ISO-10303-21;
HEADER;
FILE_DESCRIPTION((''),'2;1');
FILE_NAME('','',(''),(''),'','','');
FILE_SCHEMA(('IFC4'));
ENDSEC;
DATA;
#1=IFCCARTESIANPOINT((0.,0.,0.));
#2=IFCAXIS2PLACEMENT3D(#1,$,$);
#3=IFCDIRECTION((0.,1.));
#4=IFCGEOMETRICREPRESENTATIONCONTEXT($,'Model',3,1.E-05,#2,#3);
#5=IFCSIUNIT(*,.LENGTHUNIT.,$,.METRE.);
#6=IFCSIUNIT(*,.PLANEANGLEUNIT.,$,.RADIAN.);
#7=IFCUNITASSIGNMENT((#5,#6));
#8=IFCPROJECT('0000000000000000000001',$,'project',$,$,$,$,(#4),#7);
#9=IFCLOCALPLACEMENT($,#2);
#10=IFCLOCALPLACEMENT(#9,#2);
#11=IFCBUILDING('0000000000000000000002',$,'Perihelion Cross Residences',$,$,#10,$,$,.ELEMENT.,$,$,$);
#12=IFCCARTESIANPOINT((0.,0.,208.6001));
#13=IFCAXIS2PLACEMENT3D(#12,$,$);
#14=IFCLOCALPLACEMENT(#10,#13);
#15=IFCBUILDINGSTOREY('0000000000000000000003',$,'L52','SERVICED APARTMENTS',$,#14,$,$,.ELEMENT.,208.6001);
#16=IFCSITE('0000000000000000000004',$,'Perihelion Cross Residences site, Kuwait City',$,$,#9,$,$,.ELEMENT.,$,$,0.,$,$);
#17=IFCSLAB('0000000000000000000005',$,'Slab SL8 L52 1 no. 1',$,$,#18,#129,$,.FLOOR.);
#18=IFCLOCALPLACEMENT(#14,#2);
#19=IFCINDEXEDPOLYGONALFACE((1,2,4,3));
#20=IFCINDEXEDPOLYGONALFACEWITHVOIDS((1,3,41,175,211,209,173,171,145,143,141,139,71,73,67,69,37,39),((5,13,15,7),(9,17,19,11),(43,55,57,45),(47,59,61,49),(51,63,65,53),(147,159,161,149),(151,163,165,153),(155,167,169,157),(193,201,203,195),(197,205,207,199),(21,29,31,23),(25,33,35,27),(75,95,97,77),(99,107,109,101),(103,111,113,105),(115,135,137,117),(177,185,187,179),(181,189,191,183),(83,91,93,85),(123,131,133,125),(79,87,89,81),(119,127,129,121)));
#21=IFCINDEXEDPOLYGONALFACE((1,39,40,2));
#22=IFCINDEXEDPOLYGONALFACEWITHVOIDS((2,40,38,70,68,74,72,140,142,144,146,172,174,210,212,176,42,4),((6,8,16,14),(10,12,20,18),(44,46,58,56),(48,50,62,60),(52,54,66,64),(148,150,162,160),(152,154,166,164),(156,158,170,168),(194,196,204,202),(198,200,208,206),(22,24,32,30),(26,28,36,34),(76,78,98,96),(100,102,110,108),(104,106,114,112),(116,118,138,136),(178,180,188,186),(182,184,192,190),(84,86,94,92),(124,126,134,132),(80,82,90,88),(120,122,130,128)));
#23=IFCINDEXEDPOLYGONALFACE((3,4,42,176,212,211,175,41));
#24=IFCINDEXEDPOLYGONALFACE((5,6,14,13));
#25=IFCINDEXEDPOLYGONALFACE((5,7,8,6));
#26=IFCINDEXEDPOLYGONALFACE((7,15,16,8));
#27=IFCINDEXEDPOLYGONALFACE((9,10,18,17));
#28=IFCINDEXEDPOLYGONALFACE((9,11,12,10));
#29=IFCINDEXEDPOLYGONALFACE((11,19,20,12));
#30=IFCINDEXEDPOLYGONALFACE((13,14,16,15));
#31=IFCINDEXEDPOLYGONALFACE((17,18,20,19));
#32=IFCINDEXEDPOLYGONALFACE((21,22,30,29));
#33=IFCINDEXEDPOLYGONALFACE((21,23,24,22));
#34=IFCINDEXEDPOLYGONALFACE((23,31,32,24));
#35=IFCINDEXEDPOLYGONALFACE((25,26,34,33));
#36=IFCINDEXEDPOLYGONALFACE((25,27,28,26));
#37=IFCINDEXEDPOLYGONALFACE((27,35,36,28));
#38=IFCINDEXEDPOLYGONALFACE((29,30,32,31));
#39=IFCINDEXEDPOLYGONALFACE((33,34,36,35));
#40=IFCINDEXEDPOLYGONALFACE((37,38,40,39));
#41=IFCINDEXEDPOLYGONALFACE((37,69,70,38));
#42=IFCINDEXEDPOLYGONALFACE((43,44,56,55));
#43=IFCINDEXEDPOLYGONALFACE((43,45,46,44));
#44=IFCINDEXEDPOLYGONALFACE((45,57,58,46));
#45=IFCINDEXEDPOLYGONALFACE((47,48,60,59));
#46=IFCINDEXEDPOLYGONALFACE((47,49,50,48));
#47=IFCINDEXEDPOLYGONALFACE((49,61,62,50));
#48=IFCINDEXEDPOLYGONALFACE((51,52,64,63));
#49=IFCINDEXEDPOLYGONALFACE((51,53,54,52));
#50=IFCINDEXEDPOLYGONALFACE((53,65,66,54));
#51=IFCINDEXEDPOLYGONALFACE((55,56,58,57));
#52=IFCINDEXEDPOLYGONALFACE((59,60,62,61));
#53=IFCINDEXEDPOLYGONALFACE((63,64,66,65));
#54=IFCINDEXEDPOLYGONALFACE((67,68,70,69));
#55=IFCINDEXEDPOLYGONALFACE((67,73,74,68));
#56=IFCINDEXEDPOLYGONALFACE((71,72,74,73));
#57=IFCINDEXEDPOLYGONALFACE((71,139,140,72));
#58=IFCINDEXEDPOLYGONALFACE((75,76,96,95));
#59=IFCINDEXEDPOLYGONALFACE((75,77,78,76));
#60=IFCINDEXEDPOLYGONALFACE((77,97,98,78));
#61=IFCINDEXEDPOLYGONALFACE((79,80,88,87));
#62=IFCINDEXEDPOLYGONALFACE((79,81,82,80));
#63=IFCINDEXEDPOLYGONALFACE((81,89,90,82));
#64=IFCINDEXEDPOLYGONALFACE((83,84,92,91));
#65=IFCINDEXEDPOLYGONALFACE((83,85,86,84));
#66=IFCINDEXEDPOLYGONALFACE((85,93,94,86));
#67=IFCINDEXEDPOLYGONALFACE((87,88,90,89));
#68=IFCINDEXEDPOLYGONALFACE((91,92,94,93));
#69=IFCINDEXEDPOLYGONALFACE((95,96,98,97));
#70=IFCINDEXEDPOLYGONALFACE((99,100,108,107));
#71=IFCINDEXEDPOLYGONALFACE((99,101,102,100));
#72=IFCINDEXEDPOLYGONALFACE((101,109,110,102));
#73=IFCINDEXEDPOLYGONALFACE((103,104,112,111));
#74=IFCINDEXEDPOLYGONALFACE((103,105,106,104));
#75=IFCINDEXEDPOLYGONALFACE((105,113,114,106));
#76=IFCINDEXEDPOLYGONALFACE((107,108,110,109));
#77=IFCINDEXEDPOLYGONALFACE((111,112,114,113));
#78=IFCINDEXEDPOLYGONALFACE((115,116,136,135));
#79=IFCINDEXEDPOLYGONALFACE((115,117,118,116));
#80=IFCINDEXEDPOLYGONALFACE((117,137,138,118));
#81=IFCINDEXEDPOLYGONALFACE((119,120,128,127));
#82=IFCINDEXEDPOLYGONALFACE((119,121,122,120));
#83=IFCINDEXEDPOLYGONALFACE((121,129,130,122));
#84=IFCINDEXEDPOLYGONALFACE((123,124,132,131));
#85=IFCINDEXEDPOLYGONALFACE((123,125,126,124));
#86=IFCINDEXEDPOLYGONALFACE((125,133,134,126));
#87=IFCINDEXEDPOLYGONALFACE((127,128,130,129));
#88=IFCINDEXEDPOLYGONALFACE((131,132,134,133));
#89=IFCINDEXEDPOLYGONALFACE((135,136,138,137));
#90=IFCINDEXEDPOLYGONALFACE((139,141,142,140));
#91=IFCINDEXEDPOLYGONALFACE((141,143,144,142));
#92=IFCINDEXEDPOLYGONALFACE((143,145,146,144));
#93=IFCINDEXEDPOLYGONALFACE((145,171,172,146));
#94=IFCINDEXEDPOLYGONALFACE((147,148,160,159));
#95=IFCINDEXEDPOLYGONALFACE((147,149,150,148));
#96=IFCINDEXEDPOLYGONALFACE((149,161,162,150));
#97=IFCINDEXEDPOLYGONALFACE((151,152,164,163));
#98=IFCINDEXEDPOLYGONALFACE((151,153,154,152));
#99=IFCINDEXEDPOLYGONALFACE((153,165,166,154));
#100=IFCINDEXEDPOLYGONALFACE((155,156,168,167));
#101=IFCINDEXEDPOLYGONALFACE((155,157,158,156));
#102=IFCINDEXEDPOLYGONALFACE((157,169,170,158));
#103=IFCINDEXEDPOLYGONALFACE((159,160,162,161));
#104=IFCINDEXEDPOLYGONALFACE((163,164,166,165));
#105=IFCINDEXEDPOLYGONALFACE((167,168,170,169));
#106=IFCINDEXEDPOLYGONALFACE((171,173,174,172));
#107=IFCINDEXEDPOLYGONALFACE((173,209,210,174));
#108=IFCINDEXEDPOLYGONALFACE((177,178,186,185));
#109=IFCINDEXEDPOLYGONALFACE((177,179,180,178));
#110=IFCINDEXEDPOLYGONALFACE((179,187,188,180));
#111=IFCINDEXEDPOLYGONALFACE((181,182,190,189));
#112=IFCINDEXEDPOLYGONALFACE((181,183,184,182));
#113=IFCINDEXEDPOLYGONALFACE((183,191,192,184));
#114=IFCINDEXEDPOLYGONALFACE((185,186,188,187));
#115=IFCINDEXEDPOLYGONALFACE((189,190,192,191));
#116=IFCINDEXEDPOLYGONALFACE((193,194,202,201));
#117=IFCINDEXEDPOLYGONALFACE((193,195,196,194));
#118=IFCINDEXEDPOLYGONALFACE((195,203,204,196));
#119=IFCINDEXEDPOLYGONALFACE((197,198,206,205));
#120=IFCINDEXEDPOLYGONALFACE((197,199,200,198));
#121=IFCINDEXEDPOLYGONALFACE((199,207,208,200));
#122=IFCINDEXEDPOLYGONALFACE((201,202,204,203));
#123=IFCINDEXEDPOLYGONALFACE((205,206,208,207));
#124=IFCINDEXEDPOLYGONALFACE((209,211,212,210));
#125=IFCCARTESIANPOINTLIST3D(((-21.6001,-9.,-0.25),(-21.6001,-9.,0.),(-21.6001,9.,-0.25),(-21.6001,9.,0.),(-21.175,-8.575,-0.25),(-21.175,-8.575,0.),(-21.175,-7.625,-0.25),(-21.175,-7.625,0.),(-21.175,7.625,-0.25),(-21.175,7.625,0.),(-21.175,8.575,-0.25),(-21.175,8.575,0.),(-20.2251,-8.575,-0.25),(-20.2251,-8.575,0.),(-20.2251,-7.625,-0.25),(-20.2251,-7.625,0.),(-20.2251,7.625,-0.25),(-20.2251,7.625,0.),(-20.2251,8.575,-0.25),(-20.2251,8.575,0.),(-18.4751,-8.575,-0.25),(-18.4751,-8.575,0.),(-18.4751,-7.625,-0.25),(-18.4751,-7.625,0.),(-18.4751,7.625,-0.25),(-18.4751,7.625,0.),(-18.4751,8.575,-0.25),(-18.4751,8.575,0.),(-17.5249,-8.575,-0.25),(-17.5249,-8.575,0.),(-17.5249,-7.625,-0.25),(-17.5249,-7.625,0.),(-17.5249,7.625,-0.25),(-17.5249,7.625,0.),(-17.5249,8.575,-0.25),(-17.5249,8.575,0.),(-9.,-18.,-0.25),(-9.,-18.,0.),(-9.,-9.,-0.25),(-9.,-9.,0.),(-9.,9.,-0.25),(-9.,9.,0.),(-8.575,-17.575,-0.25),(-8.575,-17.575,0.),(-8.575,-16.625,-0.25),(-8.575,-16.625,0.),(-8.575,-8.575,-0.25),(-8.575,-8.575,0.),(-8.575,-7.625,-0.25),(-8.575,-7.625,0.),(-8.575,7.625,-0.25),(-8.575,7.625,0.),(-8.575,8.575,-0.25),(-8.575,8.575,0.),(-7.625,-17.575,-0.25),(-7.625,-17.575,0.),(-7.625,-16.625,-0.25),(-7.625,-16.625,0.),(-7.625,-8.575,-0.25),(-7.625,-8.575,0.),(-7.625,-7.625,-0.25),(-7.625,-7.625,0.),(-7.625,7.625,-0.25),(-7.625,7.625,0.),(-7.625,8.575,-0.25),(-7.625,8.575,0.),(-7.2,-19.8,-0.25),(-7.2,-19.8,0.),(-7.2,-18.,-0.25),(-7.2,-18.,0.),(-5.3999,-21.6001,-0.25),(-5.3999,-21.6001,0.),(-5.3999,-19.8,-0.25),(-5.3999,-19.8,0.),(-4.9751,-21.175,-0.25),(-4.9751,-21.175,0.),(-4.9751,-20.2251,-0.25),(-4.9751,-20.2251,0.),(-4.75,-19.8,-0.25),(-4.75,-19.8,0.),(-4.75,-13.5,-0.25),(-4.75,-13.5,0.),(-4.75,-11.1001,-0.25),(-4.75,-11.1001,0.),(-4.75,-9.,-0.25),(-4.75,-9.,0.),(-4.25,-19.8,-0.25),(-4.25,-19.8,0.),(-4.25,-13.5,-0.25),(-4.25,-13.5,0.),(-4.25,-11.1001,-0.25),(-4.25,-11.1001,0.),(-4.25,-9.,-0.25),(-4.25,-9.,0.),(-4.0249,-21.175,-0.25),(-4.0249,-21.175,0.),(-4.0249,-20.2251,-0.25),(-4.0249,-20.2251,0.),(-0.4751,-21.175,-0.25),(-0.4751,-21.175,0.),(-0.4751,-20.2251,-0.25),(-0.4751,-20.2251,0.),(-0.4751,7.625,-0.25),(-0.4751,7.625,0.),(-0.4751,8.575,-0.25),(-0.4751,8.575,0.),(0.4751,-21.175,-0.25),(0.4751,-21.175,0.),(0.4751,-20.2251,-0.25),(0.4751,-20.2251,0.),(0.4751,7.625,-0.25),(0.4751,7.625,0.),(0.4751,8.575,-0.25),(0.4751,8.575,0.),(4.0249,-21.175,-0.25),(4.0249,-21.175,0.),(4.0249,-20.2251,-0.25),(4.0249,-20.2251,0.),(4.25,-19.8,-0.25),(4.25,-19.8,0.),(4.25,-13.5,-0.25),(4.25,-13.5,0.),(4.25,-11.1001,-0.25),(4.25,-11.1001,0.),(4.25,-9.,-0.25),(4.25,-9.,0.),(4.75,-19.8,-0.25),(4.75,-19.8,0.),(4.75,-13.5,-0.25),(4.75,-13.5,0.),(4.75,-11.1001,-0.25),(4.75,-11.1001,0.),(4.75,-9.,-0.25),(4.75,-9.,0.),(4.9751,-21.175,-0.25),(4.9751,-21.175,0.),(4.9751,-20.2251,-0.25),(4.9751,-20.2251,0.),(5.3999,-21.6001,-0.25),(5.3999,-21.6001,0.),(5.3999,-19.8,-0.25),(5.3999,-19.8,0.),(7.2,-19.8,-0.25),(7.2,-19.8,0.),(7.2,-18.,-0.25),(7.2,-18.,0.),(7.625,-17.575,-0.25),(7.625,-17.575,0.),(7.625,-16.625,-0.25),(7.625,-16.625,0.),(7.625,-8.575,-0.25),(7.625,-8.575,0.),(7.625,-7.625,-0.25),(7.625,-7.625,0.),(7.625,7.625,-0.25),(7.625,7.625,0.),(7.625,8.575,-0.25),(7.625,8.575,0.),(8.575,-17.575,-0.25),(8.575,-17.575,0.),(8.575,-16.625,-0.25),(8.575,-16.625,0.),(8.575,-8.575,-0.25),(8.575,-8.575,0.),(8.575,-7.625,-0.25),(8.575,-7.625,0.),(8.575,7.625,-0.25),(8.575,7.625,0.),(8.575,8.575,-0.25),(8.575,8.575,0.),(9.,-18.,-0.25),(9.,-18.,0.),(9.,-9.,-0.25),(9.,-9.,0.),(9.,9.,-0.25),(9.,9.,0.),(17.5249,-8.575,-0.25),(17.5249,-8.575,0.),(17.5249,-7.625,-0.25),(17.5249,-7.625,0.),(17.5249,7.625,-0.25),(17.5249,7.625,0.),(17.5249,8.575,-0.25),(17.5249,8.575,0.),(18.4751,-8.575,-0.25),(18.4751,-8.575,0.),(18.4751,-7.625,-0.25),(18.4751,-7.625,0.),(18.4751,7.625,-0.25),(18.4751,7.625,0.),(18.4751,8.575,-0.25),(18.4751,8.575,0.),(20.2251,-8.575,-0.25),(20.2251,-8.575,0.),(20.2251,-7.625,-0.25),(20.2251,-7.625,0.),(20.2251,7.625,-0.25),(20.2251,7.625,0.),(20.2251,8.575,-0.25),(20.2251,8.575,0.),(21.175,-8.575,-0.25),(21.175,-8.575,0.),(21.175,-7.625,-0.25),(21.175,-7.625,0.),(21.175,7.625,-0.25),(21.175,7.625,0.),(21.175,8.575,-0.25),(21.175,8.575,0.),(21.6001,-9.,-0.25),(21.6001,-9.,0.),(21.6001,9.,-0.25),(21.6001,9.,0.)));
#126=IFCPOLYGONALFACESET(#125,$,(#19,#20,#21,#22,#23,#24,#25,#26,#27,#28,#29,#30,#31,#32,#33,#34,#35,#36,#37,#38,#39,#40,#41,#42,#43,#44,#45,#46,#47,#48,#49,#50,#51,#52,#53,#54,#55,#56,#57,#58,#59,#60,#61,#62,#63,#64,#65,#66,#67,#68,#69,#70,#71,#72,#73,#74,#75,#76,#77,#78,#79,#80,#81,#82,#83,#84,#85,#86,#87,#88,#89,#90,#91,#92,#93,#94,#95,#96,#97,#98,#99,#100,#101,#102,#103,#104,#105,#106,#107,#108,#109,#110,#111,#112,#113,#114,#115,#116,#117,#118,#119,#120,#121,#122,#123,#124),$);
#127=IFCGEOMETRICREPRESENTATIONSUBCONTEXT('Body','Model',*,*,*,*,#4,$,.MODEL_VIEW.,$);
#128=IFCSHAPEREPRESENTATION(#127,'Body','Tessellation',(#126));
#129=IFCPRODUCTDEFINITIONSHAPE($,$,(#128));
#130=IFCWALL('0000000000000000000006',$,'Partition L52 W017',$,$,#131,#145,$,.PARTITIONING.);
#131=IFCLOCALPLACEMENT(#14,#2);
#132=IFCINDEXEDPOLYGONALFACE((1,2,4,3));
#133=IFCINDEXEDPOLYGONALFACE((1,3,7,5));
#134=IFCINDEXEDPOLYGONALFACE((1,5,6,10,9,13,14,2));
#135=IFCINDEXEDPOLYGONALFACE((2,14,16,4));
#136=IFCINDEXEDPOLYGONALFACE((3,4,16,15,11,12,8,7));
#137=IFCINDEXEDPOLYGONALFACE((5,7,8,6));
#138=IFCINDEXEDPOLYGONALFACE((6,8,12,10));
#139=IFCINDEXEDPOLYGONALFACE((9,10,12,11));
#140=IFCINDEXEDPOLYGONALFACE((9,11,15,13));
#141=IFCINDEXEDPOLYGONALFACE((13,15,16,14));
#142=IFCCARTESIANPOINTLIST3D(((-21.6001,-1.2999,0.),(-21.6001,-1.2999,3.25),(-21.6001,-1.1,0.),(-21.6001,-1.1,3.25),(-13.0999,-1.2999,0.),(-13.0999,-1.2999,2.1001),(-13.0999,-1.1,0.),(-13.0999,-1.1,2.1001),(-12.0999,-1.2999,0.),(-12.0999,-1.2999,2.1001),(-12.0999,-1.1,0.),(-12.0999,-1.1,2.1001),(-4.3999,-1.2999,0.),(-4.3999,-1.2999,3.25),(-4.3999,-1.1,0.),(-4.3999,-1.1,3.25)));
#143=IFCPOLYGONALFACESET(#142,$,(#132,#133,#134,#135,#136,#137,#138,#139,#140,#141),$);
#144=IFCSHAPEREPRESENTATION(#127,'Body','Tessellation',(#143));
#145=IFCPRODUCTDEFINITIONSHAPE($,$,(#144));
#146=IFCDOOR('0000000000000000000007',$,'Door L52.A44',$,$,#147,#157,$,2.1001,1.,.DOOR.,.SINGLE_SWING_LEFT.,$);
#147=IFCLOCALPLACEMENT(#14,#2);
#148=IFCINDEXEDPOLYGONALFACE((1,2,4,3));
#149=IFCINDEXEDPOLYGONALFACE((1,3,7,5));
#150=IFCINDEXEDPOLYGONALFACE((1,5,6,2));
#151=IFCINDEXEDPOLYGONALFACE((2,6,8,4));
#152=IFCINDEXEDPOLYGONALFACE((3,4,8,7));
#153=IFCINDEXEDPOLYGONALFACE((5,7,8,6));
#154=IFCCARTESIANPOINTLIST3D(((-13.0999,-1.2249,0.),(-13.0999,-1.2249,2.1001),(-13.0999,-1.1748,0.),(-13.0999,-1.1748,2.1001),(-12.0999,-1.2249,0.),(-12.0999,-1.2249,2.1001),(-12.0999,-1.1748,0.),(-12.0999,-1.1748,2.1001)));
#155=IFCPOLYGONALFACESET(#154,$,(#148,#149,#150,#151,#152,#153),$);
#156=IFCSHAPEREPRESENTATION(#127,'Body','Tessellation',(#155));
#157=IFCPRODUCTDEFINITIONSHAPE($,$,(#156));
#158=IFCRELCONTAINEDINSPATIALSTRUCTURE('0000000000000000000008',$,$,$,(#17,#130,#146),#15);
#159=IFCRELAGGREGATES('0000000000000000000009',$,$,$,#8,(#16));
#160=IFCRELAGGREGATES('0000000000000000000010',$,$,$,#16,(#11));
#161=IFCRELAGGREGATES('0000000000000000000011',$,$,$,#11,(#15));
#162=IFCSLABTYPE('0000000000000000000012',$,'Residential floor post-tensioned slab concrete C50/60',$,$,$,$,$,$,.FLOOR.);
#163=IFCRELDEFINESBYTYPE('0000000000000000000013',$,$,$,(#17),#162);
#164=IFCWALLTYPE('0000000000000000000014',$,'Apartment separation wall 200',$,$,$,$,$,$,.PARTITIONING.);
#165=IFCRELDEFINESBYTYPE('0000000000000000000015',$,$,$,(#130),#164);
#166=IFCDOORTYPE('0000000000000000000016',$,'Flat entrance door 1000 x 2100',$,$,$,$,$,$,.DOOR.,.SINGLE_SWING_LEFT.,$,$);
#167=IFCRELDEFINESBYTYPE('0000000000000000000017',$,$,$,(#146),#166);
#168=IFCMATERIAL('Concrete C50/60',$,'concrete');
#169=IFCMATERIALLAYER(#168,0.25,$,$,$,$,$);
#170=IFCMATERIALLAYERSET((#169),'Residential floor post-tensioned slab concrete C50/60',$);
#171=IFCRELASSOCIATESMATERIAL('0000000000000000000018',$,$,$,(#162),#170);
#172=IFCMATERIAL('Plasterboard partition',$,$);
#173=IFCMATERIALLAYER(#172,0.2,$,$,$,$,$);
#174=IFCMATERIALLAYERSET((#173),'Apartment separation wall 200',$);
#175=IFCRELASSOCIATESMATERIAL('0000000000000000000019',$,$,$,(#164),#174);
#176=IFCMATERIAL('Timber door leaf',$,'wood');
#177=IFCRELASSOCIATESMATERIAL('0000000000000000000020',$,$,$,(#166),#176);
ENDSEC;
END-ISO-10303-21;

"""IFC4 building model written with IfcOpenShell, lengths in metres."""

from ifc_helpers import new_model, si_unit, direction, frame, frame_2d, origin, place, context, subcontext, project, spatial, polyline, rectangle, outline, extrude, material, layer, layer_set, type_object, element, fill, save


model = new_model("IFC4")

# Units and contexts
model_context = context("Model", 3, precision=1e-05, world=origin(), true_north=direction((0.0, 1.0)))
body_context = subcontext(model_context, "Body", "Model", "MODEL_VIEW")
ifc_project = project(units=[si_unit("LENGTHUNIT", "METRE"), si_unit("PLANEANGLEUNIT", "RADIAN")], contexts=[model_context])

# Site, building, storey
site_placement = place(None, origin())
site = spatial("IfcSite", under=ifc_project, at=site_placement, Name="Perihelion Cross Residences site, Kuwait City", CompositionType="ELEMENT", RefElevation=0.0)
building_placement = place(site_placement, origin())
building = spatial("IfcBuilding", under=site, at=building_placement, Name="Perihelion Cross Residences", CompositionType="ELEMENT")
storey_placement = place(building_placement, frame((0.0, 0.0, 208.6001)))
storey = spatial("IfcBuildingStorey", under=building, at=storey_placement, Name="L52", Description="SERVICED APARTMENTS", CompositionType="ELEMENT", Elevation=208.6001)

# Slab
ifc_material_1 = material(Name="Concrete C50/60", Category="concrete")
ifc_layer_1 = layer(ifc_material_1, 0.25)
ifc_layer_set_1 = layer_set([ifc_layer_1], Name="Residential floor post-tensioned slab concrete C50/60")
slab_type_1 = type_object("IfcSlabType", Name="Residential floor post-tensioned slab concrete C50/60", PredefinedType="FLOOR", material=ifc_layer_set_1)
slab_1_placement = place(storey_placement, frame((0.0, 0.0, -0.25)))
element("IfcSlab", 1, at=slab_1_placement, inside=storey, type_object=slab_type_1, Name="Slab SL8 L52 1 no. 1", PredefinedType="FLOOR", context=body_context, shape_type="SweptSolid", body=[
    extrude(outline(polyline([(-9.0, 9.0), (9.0, 9.0), (21.6001, 9.0), (21.6001, -9.0), (9.0, -9.0), (9.0, -18.0), (7.2, -18.0), (7.2, -19.8), (5.3999, -19.8), (5.3999, -21.6001), (-5.3999, -21.6001), (-5.3999, -19.8), (-7.2, -19.8), (-7.2, -18.0), (-9.0, -18.0), (-9.0, -9.0), (-21.6001, -9.0), (-21.6001, 9.0), (-9.0, 9.0)]), holes=[polyline([(-4.0249, -20.2251), (-4.9751, -20.2251), (-4.9751, -21.175), (-4.0249, -21.175), (-4.0249, -20.2251)]), polyline([(0.4751, -21.175), (0.4751, -20.2251), (-0.4751, -20.2251), (-0.4751, -21.175), (0.4751, -21.175)]), polyline([(-7.625, -17.575), (-7.625, -16.625), (-8.575, -16.625), (-8.575, -17.575), (-7.625, -17.575)]), polyline([(-4.25, -13.5), (-4.75, -13.5), (-4.75, -19.8), (-4.25, -19.8), (-4.25, -13.5)]), polyline([(-4.25, -11.1001), (-4.25, -9.0), (-4.75, -9.0), (-4.75, -11.1001), (-4.25, -11.1001)]), polyline([(-20.2251, -8.575), (-20.2251, -7.625), (-21.175, -7.625), (-21.175, -8.575), (-20.2251, -8.575)]), polyline([(-17.5249, -7.625), (-18.4751, -7.625), (-18.4751, -8.575), (-17.5249, -8.575), (-17.5249, -7.625)]), polyline([(-7.625, -8.575), (-7.625, -7.625), (-8.575, -7.625), (-8.575, -8.575), (-7.625, -8.575)]), polyline([(-20.2251, 8.575), (-21.175, 8.575), (-21.175, 7.625), (-20.2251, 7.625), (-20.2251, 8.575)]), polyline([(-17.5249, 7.625), (-17.5249, 8.575), (-18.4751, 8.575), (-18.4751, 7.625), (-17.5249, 7.625)]), polyline([(-7.625, 7.625), (-7.625, 8.575), (-8.575, 8.575), (-8.575, 7.625), (-7.625, 7.625)]), polyline([(4.9751, -20.2251), (4.0249, -20.2251), (4.0249, -21.175), (4.9751, -21.175), (4.9751, -20.2251)]), polyline([(8.575, -17.575), (8.575, -16.625), (7.625, -16.625), (7.625, -17.575), (8.575, -17.575)]), polyline([(4.75, -19.8), (4.75, -13.5), (4.25, -13.5), (4.25, -19.8), (4.75, -19.8)]), polyline([(4.75, -9.0), (4.25, -9.0), (4.25, -11.1001), (4.75, -11.1001), (4.75, -9.0)]), polyline([(8.575, -8.575), (8.575, -7.625), (7.625, -7.625), (7.625, -8.575), (8.575, -8.575)]), polyline([(18.4751, -8.575), (18.4751, -7.625), (17.5249, -7.625), (17.5249, -8.575), (18.4751, -8.575)]), polyline([(21.175, -7.625), (20.2251, -7.625), (20.2251, -8.575), (21.175, -8.575), (21.175, -7.625)]), polyline([(0.4751, 7.625), (0.4751, 8.575), (-0.4751, 8.575), (-0.4751, 7.625), (0.4751, 7.625)]), polyline([(8.575, 8.575), (7.625, 8.575), (7.625, 7.625), (8.575, 7.625), (8.575, 8.575)]), polyline([(18.4751, 7.625), (18.4751, 8.575), (17.5249, 8.575), (17.5249, 7.625), (18.4751, 7.625)]), polyline([(21.175, 7.625), (21.175, 8.575), (20.2251, 8.575), (20.2251, 7.625), (21.175, 7.625)])]), origin(), (0.0, 0.0, 1.0), 0.25),
])

# Wall, opening, door
ifc_material_2 = material(Name="Plasterboard partition")
ifc_layer_2 = layer(ifc_material_2, 0.2)
ifc_layer_set_2 = layer_set([ifc_layer_2], Name="Apartment separation wall 200")
wall_type_1 = type_object("IfcWallType", Name="Apartment separation wall 200", PredefinedType="PARTITIONING", material=ifc_layer_set_2)
wall_1_placement = place(storey_placement, frame((-4.3999, -1.2, 0.0), z_axis=(0.0, 0.0, 1.0), x_axis=(-1.0, 0.0, 0.0)))
wall_1 = element("IfcWall", 2, at=wall_1_placement, inside=storey, type_object=wall_type_1, Name="Partition L52 W017", PredefinedType="PARTITIONING", context=body_context, shape_type="SweptSolid", body=[
    extrude(rectangle(XDim=17.2002, YDim=0.2, at=frame_2d((8.6001, 0.0))), origin(), (0.0, 0.0, 1.0), 3.25),
])
opening_1_placement = place(wall_1_placement, frame((7.7, 0.0, 0.0)))
opening_1 = element("IfcOpeningElement", 3, at=opening_1_placement, cuts=wall_1, PredefinedType="OPENING", context=body_context, shape_type="SweptSolid", body=[
    extrude(rectangle(XDim=1.0, YDim=2.1001, at=frame_2d((0.5, 1.05))), frame((0.0, 0.1099, 0.0), z_axis=(0.0, -1.0, 0.0), x_axis=(1.0, 0.0, 0.0)), (0.0, 0.0, 1.0), 0.22),
])
ifc_material_3 = material(Name="Timber door leaf", Category="wood")
door_type_1 = type_object("IfcDoorType", Name="Flat entrance door 1000 x 2100", OperationType="SINGLE_SWING_LEFT", PredefinedType="DOOR", material=ifc_material_3)
door_1_placement = place(opening_1_placement, origin())
door_1 = element("IfcDoor", 4, at=door_1_placement, inside=storey, type_object=door_type_1, Name="Door L52.A44", OperationType="SINGLE_SWING_LEFT", OverallHeight=2.1001, OverallWidth=1.0, PredefinedType="DOOR", context=body_context, shape_type="SweptSolid", body=[
    extrude(rectangle(XDim=1.0, YDim=2.1001, at=frame_2d((0.5, 1.05))), frame((0.0, 0.0249, 0.0), z_axis=(0.0, -1.0, 0.0), x_axis=(1.0, 0.0, 0.0)), (0.0, 0.0, 1.0), 0.05),
])
fill(opening_1, door_1)

save(model, "model.ifc")
